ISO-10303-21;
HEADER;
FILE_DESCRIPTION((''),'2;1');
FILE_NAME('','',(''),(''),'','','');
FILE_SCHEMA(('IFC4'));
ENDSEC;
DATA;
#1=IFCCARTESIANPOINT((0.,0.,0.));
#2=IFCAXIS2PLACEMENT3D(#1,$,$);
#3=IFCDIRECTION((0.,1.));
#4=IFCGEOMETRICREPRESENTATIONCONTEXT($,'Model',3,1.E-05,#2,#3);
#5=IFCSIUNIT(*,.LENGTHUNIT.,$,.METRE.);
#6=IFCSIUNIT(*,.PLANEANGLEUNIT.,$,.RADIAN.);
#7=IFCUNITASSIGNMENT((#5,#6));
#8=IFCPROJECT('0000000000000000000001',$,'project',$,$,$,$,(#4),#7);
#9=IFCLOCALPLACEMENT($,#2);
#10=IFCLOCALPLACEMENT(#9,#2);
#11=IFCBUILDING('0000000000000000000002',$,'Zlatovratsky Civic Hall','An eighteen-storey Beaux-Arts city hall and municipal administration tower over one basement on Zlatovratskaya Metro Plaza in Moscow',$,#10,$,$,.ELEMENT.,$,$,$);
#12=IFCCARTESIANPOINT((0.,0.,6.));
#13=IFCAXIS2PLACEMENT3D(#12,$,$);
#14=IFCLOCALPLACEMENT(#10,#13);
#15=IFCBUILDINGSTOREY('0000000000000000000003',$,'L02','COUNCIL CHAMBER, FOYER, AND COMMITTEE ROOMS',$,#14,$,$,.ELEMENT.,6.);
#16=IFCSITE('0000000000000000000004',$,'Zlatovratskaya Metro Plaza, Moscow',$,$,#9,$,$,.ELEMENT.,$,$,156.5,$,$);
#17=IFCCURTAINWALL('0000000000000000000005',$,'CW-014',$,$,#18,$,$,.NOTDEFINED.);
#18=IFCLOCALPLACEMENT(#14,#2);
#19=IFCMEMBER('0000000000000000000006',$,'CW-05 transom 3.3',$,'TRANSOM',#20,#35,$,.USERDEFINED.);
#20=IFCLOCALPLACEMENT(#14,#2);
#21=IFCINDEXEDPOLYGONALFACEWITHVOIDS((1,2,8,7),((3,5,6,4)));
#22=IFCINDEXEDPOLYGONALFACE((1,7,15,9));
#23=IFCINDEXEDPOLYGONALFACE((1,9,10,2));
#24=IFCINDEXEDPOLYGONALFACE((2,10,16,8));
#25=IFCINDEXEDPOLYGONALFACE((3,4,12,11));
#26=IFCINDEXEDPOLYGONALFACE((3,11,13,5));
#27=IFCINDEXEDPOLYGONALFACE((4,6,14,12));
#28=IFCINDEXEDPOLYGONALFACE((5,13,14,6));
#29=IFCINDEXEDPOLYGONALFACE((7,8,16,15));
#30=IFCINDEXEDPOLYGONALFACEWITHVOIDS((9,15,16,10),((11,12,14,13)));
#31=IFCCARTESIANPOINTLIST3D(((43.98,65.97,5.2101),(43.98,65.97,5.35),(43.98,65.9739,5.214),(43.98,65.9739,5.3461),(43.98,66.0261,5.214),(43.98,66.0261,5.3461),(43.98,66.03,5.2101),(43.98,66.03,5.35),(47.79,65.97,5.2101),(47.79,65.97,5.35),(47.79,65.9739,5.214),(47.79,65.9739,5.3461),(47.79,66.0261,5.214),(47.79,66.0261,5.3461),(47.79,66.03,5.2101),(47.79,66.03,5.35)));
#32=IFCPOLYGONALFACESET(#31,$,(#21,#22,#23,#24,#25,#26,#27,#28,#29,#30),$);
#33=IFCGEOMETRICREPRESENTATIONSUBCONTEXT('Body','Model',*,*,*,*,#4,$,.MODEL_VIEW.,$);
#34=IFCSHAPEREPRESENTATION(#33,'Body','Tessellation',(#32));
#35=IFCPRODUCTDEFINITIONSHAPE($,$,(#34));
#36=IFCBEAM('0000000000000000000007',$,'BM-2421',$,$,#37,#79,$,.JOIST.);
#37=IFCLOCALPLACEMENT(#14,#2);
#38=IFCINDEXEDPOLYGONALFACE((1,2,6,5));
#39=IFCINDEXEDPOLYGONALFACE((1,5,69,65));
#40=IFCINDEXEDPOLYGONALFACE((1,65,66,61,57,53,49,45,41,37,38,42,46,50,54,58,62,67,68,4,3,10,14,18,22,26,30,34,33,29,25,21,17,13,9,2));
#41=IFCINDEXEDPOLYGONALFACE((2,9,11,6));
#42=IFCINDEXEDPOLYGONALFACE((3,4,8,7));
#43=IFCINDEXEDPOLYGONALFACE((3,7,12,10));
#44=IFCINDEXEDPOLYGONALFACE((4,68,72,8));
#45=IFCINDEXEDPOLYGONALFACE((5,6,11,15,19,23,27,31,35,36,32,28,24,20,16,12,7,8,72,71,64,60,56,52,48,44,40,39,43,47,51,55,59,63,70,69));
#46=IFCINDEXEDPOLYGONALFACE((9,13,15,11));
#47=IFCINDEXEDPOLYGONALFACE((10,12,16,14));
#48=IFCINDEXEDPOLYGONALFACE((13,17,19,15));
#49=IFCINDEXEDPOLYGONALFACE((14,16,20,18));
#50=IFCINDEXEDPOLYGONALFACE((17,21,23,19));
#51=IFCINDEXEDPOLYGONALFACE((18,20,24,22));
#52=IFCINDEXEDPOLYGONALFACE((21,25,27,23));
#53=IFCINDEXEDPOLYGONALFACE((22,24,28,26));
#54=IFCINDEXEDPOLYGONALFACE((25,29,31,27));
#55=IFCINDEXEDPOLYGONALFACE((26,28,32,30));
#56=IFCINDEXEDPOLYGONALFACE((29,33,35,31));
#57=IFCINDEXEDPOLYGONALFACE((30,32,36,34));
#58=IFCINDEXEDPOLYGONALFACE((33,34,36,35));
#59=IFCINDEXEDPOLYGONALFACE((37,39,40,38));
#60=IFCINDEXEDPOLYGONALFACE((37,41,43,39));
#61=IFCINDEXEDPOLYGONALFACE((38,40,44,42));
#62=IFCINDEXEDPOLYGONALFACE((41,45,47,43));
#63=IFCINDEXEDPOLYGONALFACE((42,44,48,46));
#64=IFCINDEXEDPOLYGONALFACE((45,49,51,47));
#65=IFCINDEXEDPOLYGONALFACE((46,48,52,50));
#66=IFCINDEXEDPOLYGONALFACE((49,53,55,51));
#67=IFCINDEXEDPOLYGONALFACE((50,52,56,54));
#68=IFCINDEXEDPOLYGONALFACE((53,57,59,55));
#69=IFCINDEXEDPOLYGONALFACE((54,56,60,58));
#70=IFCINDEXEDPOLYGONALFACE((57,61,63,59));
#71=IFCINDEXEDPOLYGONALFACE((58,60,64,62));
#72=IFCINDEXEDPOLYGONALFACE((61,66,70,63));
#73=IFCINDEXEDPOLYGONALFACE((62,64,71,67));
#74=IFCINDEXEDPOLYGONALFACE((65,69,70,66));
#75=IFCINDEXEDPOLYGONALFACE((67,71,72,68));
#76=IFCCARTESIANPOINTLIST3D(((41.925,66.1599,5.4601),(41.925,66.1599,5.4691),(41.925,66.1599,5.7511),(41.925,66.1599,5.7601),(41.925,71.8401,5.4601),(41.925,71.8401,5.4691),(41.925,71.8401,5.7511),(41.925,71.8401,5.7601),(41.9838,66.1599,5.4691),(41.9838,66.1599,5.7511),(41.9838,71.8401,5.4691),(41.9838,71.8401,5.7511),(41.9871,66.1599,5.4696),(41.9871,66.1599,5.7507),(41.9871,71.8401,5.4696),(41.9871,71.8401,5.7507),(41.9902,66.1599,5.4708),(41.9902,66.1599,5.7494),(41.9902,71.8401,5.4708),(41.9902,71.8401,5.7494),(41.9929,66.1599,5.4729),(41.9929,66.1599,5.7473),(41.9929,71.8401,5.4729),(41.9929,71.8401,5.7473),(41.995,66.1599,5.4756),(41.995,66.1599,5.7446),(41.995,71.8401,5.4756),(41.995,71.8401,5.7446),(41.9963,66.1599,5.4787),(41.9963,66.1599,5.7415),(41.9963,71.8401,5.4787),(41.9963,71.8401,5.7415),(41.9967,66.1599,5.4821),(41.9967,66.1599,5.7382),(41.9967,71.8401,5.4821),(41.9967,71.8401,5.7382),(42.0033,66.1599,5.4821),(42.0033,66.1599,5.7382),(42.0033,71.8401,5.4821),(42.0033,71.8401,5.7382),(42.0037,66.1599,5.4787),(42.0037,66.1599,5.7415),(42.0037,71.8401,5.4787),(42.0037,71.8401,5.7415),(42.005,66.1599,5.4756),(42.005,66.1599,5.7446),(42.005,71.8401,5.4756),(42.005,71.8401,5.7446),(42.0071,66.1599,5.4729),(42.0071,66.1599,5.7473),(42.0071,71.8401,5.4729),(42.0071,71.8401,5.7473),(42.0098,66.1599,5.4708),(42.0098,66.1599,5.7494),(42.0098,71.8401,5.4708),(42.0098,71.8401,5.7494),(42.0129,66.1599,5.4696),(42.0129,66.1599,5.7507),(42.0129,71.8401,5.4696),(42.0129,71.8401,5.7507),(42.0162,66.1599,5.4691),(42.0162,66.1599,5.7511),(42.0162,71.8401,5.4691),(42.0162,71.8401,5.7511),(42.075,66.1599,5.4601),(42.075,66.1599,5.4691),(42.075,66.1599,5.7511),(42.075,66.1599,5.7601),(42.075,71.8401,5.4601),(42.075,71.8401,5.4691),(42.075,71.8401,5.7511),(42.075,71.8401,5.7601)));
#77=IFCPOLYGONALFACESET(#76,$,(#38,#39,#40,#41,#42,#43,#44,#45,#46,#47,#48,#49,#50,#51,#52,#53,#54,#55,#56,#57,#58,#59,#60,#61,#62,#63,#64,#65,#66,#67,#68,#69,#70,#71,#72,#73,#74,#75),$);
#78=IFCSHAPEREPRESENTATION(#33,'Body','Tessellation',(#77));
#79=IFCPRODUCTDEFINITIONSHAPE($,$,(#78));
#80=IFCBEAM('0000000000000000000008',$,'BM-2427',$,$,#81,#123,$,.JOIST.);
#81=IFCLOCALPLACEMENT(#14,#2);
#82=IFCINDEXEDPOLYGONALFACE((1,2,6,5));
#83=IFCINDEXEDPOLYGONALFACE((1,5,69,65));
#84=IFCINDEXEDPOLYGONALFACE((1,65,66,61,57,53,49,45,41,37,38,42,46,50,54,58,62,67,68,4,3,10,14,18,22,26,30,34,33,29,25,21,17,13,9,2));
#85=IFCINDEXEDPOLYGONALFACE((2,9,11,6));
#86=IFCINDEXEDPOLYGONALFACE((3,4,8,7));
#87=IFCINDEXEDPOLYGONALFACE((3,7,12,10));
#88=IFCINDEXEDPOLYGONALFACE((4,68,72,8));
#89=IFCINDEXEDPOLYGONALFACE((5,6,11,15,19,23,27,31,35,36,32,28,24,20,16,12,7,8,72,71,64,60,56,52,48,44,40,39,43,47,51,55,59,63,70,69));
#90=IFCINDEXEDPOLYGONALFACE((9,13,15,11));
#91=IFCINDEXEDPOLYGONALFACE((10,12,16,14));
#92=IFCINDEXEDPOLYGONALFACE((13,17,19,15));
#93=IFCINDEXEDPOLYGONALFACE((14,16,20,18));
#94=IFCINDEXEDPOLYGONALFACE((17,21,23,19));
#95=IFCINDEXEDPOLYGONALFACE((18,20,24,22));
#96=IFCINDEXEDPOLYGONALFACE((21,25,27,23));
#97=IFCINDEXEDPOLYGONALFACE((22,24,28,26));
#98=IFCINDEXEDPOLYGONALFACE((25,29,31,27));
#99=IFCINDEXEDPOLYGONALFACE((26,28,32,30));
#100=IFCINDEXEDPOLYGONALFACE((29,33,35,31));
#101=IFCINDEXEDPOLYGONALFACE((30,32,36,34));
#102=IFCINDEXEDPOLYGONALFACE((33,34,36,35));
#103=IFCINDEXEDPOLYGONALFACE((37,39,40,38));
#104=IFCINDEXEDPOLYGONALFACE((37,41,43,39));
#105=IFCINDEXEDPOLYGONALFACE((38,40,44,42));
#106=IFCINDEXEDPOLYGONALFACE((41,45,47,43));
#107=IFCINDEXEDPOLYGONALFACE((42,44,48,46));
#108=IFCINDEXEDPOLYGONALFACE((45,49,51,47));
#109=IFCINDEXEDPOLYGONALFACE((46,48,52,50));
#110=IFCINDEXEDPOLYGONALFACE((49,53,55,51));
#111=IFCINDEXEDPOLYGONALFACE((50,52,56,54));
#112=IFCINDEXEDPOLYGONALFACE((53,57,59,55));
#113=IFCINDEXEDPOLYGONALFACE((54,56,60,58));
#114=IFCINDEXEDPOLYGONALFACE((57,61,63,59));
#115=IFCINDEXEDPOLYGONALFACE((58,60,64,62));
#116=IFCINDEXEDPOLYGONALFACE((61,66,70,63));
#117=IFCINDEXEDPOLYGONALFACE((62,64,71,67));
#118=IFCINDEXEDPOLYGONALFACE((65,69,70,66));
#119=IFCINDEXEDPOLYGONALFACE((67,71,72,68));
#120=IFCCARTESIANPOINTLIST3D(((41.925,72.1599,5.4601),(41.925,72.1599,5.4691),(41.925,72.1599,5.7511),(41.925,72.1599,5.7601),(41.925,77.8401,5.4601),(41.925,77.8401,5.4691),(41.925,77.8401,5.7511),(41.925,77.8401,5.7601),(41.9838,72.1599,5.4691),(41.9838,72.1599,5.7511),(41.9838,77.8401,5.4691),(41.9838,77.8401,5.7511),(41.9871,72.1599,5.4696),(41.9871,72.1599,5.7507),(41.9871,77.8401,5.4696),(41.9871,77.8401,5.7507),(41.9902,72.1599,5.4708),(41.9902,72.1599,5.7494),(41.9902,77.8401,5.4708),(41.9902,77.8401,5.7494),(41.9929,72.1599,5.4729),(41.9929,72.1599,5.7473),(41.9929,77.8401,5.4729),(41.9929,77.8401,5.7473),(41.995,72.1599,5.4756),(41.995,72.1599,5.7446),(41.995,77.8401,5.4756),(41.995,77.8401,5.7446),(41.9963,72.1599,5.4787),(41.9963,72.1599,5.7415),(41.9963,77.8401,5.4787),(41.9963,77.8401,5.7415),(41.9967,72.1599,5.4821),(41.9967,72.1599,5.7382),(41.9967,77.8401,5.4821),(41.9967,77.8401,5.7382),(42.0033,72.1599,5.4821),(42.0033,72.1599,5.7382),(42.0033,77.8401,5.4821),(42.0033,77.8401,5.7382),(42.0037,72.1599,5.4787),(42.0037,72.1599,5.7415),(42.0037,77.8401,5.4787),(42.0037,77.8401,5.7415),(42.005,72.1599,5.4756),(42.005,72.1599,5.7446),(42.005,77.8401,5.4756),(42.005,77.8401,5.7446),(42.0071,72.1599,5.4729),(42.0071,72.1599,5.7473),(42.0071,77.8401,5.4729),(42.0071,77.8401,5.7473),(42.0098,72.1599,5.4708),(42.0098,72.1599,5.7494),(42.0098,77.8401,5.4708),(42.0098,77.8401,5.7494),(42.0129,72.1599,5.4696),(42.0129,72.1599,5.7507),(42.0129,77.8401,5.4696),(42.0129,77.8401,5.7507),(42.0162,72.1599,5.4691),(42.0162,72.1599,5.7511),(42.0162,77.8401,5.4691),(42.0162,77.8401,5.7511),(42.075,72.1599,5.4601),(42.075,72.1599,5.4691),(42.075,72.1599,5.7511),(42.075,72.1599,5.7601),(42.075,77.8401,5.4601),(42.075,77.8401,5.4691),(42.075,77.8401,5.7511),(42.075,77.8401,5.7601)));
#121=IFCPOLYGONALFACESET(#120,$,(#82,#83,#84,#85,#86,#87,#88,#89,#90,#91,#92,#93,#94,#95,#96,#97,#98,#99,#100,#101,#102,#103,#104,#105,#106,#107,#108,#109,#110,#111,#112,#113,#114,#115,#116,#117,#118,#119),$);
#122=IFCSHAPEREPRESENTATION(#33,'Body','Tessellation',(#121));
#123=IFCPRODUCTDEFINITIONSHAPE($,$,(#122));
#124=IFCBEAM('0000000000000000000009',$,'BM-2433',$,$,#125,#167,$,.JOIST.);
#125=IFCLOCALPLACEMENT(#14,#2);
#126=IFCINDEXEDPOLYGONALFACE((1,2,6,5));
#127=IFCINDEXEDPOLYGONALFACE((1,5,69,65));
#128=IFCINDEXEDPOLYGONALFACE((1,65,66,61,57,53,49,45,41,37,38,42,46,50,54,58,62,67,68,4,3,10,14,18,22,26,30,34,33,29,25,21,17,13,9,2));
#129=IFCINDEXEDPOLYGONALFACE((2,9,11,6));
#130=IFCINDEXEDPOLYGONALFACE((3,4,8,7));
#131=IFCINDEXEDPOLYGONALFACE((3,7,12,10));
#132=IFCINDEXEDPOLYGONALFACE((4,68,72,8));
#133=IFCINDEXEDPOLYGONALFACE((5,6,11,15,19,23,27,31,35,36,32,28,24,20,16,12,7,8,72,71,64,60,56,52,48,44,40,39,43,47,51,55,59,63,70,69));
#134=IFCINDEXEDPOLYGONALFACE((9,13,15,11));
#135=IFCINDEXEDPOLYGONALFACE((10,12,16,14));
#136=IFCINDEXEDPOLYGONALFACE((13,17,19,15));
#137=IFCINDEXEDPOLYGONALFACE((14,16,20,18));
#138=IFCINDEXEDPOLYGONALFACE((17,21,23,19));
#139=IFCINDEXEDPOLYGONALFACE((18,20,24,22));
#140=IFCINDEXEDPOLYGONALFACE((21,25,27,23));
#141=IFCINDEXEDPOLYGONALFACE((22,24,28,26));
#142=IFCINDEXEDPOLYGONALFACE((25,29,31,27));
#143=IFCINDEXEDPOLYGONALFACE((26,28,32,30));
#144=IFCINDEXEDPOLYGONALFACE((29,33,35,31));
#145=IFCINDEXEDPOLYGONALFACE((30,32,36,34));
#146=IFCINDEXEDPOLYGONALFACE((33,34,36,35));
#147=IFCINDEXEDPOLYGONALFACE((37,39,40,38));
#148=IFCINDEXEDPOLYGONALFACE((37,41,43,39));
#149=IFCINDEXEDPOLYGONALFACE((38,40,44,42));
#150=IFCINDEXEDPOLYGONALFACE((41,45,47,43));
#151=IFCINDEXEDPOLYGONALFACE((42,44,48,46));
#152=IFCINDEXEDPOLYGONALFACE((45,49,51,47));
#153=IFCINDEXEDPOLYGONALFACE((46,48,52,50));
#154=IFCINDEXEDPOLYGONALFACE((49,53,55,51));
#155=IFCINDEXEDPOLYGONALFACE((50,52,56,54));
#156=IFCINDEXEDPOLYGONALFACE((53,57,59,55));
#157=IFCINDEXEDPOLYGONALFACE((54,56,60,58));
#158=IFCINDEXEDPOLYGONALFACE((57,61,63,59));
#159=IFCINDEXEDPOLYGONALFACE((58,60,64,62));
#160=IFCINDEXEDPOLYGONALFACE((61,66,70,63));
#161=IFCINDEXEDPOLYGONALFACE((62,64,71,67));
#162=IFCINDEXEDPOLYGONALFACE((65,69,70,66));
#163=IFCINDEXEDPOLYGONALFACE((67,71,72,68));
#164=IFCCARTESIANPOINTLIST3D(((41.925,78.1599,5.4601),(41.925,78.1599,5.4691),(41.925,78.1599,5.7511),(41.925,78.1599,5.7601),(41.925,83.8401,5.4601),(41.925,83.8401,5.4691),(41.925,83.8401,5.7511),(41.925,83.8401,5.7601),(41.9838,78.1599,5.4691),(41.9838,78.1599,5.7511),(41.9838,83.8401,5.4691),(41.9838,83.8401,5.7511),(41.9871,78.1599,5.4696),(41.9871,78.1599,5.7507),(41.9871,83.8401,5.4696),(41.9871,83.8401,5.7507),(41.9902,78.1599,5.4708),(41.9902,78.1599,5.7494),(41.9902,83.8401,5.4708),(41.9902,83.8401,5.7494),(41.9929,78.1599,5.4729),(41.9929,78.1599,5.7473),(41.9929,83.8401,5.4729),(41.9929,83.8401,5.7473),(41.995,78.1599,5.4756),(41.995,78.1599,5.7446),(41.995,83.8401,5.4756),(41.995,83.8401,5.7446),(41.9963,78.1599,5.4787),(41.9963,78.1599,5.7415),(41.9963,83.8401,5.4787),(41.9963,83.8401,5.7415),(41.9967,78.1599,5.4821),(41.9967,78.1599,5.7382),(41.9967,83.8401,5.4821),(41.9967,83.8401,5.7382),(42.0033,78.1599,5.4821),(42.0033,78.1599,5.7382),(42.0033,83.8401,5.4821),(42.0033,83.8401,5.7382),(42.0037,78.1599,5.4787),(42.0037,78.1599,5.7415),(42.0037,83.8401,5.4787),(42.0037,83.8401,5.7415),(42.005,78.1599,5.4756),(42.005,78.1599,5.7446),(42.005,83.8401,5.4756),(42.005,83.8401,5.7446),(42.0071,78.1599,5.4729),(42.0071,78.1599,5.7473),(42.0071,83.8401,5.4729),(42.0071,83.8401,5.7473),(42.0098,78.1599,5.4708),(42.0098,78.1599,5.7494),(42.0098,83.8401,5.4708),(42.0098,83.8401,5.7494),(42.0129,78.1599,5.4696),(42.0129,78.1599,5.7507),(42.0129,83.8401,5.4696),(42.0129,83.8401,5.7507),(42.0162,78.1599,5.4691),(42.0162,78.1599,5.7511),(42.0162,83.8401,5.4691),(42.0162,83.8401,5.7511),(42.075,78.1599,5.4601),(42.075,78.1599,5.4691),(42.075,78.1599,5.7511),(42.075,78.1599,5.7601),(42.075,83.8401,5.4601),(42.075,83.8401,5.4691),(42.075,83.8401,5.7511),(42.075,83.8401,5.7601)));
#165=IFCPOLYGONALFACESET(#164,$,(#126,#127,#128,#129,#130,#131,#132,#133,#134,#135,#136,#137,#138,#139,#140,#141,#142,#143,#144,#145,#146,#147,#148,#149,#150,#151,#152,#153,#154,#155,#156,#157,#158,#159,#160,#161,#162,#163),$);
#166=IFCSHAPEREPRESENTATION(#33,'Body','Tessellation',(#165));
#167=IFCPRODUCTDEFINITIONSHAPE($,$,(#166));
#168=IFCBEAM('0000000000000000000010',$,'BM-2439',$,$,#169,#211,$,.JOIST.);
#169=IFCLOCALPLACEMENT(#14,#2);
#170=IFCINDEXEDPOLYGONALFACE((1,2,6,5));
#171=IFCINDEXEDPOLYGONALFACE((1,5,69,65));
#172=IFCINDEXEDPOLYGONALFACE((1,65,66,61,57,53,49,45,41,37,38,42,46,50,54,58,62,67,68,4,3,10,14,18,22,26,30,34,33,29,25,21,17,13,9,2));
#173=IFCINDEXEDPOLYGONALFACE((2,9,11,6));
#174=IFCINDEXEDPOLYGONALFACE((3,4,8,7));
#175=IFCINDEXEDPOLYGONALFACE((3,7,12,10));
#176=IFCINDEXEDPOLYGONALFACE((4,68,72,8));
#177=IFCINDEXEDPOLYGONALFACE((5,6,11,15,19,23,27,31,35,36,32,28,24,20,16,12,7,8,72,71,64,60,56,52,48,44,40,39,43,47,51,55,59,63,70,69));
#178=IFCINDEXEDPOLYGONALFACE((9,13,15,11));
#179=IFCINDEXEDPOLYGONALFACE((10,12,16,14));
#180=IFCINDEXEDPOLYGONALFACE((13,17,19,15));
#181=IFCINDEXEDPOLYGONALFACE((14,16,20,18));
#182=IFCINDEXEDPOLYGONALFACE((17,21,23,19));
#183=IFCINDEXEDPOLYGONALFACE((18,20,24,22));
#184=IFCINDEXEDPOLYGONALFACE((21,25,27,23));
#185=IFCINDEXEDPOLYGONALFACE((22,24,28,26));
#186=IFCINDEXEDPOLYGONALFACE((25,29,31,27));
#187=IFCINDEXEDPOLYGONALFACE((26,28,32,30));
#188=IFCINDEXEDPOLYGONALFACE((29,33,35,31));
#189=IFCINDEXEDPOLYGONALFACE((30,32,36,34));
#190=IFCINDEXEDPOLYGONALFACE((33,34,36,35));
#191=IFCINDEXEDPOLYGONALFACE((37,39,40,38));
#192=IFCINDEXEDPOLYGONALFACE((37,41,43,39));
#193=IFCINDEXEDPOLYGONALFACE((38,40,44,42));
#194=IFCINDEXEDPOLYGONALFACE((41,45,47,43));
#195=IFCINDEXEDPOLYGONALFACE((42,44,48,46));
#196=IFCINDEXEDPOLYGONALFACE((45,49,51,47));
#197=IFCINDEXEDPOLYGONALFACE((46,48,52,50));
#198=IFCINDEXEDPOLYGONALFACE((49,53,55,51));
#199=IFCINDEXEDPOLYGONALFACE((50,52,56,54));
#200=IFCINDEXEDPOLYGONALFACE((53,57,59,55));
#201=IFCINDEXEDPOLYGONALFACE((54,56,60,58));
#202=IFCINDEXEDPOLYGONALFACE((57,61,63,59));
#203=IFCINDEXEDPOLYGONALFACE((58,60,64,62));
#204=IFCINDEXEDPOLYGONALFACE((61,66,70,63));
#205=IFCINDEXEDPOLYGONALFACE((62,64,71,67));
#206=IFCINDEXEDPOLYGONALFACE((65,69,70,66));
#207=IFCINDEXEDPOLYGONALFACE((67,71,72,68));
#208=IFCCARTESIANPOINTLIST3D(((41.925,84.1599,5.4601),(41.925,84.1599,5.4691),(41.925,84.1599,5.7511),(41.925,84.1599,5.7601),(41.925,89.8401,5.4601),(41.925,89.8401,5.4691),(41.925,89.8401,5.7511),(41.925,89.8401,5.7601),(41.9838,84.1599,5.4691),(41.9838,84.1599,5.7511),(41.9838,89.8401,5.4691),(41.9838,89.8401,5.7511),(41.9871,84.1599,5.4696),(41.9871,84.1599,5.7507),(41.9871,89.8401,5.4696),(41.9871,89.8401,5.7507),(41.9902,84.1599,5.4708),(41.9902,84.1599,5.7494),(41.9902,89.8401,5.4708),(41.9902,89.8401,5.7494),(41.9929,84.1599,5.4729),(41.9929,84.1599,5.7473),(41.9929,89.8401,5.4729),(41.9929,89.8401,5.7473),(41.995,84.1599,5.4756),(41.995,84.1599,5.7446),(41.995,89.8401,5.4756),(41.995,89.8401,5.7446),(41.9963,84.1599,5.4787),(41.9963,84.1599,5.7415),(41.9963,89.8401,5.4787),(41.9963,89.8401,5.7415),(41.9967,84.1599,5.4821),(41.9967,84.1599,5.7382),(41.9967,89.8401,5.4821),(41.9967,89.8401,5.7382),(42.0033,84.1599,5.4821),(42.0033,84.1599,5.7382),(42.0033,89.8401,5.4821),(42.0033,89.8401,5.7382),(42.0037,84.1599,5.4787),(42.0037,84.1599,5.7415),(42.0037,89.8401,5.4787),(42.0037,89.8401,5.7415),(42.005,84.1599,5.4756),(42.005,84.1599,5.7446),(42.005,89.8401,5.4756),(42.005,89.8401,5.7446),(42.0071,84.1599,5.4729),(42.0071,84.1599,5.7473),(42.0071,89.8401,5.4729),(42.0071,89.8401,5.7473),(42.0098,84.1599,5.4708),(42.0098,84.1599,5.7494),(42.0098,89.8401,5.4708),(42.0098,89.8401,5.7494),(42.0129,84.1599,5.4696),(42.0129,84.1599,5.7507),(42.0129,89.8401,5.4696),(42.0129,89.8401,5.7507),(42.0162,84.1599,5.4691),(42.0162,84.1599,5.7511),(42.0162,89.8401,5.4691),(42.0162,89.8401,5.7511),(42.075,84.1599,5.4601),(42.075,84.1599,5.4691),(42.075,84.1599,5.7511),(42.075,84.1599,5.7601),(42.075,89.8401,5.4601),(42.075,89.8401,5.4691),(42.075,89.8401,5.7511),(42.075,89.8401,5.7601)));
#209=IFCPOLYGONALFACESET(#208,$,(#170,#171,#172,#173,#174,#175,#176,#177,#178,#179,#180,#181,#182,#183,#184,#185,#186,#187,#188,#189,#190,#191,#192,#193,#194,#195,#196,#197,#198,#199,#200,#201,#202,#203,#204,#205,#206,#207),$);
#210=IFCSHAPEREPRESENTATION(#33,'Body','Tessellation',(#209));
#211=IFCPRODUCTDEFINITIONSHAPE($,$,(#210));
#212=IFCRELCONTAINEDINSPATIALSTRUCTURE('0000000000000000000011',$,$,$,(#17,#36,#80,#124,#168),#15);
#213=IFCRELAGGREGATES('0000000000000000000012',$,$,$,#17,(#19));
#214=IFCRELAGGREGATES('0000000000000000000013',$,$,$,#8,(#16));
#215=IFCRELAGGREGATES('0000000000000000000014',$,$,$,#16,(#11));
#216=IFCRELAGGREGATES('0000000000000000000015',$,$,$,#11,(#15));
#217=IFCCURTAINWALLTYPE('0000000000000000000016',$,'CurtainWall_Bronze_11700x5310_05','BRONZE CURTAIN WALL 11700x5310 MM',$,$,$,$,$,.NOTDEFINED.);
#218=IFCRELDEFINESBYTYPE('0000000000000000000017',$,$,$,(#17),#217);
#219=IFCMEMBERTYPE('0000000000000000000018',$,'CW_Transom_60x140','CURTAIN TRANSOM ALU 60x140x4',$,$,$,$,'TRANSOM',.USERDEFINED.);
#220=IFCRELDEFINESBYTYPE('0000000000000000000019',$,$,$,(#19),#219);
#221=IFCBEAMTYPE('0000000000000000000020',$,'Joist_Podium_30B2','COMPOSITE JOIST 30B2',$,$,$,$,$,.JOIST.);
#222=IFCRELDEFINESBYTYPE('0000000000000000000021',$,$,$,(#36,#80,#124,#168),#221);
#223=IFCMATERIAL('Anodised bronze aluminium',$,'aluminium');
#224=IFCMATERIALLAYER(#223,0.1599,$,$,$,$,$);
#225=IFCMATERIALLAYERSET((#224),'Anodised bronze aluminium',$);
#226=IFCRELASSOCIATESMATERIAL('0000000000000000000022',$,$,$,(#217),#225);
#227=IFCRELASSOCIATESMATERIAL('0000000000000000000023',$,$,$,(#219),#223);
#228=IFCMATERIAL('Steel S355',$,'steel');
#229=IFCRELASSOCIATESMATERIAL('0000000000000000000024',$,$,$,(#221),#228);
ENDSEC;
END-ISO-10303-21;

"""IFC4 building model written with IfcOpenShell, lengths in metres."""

from ifc_helpers import new_model, si_unit, direction, frame, origin, origin_2d, place, context, subcontext, project, spatial, hollow_rectangle, i_section, extrude, material, layer, layer_set, material_profile, profile_set, type_object, element, aggregate, save


model = new_model("IFC4")

# Units and contexts
model_context = context("Model", 3, precision=1e-05, world=origin(), true_north=direction((0.0, 1.0)))
body_context = subcontext(model_context, "Body", "Model", "MODEL_VIEW")
ifc_project = project(units=[si_unit("LENGTHUNIT", "METRE"), si_unit("PLANEANGLEUNIT", "RADIAN")], contexts=[model_context])

# Site, building, storey
site_placement = place(None, origin())
site = spatial("IfcSite", under=ifc_project, at=site_placement, Name="Zlatovratskaya Metro Plaza, Moscow", CompositionType="ELEMENT", RefElevation=156.5)
building_placement = place(site_placement, origin())
building = spatial("IfcBuilding", under=site, at=building_placement, Name="Zlatovratsky Civic Hall", Description="An eighteen-storey Beaux-Arts city hall and municipal administration tower over one basement on Zlatovratskaya Metro Plaza in Moscow", CompositionType="ELEMENT")
storey_placement = place(building_placement, frame((0.0, 0.0, 6.0)))
storey = spatial("IfcBuildingStorey", under=building, at=storey_placement, Name="L02", Description="COUNCIL CHAMBER, FOYER, AND COMMITTEE ROOMS", CompositionType="ELEMENT", Elevation=6.0)

# Shared definitions
ifc_material_1 = material(Name="Steel S355", Category="steel")

# Curtain wall, member
ifc_material_2 = material(Name="Anodised bronze aluminium", Category="aluminium")
ifc_layer_1 = layer(ifc_material_2, 0.1599)
ifc_layer_set_1 = layer_set([ifc_layer_1], Name="Anodised bronze aluminium")
curtain_wall_type = type_object("IfcCurtainWallType", Name="CurtainWall_Bronze_11700x5310_05", Description="BRONZE CURTAIN WALL 11700x5310 MM", PredefinedType="NOTDEFINED", material=ifc_layer_set_1)
curtain_wall_placement = place(storey_placement, origin())
curtain_wall = element("IfcCurtainWall", 1, at=curtain_wall_placement, inside=storey, type_object=curtain_wall_type, Name="CW-014", PredefinedType="NOTDEFINED")
ifc_material_profile_1 = material_profile(ifc_material_2, hollow_rectangle(XDim=0.0601, YDim=0.1399, WallThickness=0.0039, at=origin_2d()), Name="ALU 60x140x4")
ifc_profile_set_1 = profile_set([ifc_material_profile_1], Name="Anodised bronze aluminium")
member_type_1 = type_object("IfcMemberType", Name="CW_Transom_60x140", Description="CURTAIN TRANSOM ALU 60x140x4", ElementType="TRANSOM", PredefinedType="USERDEFINED", material=ifc_profile_set_1)
member_1_placement = place(storey_placement, frame((43.98, 66.0, 5.28), z_axis=(1.0, 0.0, 0.0), x_axis=(0.0, 1.0, 0.0)))
member_1 = element("IfcMember", 2, at=member_1_placement, type_object=member_type_1, Name="CW-05 transom 3.3", ObjectType="TRANSOM", PredefinedType="USERDEFINED", context=body_context, shape_type="SweptSolid", body=[
    extrude(hollow_rectangle(XDim=0.0601, YDim=0.1399, WallThickness=0.0039, at=origin_2d()), origin(), (0.0, 0.0, 1.0), 3.8101),
])

# Beams
ifc_material_profile_2 = material_profile(ifc_material_1, i_section(OverallWidth=0.1499, OverallDepth=0.3, WebThickness=0.0066, FlangeThickness=0.009, FilletRadius=0.0129, at=origin_2d()), Name="30B2")
ifc_profile_set_2 = profile_set([ifc_material_profile_2], Name="Steel S355")
beam_type_1 = type_object("IfcBeamType", Name="Joist_Podium_30B2", Description="COMPOSITE JOIST 30B2", PredefinedType="JOIST", material=ifc_profile_set_2)
for number, where, z_axis, x_axis, name in (
    (3, (42.0, 66.1599, 5.6101), (0.0, 1.0, 0.0), (-1.0, 0.0, 0.0), "BM-2421"),
    (4, (42.0, 72.1599, 5.6101), (0.0, 1.0, 0.0), (-1.0, 0.0, 0.0), "BM-2427"),
    (5, (42.0, 78.1599, 5.6101), (0.0, 1.0, 0.0), (-1.0, 0.0, 0.0), "BM-2433"),
    (6, (42.0, 84.1599, 5.6101), (0.0, 1.0, 0.0), (-1.0, 0.0, 0.0), "BM-2439"),
):
    element("IfcBeam", number, at=place(storey_placement, frame(where, z_axis=z_axis, x_axis=x_axis)), inside=storey, type_object=beam_type_1, Name=name, PredefinedType="JOIST", context=body_context, shape_type="SweptSolid", body=[
        extrude(i_section(OverallWidth=0.1499, OverallDepth=0.3, WebThickness=0.0066, FlangeThickness=0.009, FilletRadius=0.0129, at=origin_2d()), origin(), (0.0, 0.0, 1.0), 5.6802),
    ])

aggregate(curtain_wall, [member_1])

save(model, "model.ifc")
